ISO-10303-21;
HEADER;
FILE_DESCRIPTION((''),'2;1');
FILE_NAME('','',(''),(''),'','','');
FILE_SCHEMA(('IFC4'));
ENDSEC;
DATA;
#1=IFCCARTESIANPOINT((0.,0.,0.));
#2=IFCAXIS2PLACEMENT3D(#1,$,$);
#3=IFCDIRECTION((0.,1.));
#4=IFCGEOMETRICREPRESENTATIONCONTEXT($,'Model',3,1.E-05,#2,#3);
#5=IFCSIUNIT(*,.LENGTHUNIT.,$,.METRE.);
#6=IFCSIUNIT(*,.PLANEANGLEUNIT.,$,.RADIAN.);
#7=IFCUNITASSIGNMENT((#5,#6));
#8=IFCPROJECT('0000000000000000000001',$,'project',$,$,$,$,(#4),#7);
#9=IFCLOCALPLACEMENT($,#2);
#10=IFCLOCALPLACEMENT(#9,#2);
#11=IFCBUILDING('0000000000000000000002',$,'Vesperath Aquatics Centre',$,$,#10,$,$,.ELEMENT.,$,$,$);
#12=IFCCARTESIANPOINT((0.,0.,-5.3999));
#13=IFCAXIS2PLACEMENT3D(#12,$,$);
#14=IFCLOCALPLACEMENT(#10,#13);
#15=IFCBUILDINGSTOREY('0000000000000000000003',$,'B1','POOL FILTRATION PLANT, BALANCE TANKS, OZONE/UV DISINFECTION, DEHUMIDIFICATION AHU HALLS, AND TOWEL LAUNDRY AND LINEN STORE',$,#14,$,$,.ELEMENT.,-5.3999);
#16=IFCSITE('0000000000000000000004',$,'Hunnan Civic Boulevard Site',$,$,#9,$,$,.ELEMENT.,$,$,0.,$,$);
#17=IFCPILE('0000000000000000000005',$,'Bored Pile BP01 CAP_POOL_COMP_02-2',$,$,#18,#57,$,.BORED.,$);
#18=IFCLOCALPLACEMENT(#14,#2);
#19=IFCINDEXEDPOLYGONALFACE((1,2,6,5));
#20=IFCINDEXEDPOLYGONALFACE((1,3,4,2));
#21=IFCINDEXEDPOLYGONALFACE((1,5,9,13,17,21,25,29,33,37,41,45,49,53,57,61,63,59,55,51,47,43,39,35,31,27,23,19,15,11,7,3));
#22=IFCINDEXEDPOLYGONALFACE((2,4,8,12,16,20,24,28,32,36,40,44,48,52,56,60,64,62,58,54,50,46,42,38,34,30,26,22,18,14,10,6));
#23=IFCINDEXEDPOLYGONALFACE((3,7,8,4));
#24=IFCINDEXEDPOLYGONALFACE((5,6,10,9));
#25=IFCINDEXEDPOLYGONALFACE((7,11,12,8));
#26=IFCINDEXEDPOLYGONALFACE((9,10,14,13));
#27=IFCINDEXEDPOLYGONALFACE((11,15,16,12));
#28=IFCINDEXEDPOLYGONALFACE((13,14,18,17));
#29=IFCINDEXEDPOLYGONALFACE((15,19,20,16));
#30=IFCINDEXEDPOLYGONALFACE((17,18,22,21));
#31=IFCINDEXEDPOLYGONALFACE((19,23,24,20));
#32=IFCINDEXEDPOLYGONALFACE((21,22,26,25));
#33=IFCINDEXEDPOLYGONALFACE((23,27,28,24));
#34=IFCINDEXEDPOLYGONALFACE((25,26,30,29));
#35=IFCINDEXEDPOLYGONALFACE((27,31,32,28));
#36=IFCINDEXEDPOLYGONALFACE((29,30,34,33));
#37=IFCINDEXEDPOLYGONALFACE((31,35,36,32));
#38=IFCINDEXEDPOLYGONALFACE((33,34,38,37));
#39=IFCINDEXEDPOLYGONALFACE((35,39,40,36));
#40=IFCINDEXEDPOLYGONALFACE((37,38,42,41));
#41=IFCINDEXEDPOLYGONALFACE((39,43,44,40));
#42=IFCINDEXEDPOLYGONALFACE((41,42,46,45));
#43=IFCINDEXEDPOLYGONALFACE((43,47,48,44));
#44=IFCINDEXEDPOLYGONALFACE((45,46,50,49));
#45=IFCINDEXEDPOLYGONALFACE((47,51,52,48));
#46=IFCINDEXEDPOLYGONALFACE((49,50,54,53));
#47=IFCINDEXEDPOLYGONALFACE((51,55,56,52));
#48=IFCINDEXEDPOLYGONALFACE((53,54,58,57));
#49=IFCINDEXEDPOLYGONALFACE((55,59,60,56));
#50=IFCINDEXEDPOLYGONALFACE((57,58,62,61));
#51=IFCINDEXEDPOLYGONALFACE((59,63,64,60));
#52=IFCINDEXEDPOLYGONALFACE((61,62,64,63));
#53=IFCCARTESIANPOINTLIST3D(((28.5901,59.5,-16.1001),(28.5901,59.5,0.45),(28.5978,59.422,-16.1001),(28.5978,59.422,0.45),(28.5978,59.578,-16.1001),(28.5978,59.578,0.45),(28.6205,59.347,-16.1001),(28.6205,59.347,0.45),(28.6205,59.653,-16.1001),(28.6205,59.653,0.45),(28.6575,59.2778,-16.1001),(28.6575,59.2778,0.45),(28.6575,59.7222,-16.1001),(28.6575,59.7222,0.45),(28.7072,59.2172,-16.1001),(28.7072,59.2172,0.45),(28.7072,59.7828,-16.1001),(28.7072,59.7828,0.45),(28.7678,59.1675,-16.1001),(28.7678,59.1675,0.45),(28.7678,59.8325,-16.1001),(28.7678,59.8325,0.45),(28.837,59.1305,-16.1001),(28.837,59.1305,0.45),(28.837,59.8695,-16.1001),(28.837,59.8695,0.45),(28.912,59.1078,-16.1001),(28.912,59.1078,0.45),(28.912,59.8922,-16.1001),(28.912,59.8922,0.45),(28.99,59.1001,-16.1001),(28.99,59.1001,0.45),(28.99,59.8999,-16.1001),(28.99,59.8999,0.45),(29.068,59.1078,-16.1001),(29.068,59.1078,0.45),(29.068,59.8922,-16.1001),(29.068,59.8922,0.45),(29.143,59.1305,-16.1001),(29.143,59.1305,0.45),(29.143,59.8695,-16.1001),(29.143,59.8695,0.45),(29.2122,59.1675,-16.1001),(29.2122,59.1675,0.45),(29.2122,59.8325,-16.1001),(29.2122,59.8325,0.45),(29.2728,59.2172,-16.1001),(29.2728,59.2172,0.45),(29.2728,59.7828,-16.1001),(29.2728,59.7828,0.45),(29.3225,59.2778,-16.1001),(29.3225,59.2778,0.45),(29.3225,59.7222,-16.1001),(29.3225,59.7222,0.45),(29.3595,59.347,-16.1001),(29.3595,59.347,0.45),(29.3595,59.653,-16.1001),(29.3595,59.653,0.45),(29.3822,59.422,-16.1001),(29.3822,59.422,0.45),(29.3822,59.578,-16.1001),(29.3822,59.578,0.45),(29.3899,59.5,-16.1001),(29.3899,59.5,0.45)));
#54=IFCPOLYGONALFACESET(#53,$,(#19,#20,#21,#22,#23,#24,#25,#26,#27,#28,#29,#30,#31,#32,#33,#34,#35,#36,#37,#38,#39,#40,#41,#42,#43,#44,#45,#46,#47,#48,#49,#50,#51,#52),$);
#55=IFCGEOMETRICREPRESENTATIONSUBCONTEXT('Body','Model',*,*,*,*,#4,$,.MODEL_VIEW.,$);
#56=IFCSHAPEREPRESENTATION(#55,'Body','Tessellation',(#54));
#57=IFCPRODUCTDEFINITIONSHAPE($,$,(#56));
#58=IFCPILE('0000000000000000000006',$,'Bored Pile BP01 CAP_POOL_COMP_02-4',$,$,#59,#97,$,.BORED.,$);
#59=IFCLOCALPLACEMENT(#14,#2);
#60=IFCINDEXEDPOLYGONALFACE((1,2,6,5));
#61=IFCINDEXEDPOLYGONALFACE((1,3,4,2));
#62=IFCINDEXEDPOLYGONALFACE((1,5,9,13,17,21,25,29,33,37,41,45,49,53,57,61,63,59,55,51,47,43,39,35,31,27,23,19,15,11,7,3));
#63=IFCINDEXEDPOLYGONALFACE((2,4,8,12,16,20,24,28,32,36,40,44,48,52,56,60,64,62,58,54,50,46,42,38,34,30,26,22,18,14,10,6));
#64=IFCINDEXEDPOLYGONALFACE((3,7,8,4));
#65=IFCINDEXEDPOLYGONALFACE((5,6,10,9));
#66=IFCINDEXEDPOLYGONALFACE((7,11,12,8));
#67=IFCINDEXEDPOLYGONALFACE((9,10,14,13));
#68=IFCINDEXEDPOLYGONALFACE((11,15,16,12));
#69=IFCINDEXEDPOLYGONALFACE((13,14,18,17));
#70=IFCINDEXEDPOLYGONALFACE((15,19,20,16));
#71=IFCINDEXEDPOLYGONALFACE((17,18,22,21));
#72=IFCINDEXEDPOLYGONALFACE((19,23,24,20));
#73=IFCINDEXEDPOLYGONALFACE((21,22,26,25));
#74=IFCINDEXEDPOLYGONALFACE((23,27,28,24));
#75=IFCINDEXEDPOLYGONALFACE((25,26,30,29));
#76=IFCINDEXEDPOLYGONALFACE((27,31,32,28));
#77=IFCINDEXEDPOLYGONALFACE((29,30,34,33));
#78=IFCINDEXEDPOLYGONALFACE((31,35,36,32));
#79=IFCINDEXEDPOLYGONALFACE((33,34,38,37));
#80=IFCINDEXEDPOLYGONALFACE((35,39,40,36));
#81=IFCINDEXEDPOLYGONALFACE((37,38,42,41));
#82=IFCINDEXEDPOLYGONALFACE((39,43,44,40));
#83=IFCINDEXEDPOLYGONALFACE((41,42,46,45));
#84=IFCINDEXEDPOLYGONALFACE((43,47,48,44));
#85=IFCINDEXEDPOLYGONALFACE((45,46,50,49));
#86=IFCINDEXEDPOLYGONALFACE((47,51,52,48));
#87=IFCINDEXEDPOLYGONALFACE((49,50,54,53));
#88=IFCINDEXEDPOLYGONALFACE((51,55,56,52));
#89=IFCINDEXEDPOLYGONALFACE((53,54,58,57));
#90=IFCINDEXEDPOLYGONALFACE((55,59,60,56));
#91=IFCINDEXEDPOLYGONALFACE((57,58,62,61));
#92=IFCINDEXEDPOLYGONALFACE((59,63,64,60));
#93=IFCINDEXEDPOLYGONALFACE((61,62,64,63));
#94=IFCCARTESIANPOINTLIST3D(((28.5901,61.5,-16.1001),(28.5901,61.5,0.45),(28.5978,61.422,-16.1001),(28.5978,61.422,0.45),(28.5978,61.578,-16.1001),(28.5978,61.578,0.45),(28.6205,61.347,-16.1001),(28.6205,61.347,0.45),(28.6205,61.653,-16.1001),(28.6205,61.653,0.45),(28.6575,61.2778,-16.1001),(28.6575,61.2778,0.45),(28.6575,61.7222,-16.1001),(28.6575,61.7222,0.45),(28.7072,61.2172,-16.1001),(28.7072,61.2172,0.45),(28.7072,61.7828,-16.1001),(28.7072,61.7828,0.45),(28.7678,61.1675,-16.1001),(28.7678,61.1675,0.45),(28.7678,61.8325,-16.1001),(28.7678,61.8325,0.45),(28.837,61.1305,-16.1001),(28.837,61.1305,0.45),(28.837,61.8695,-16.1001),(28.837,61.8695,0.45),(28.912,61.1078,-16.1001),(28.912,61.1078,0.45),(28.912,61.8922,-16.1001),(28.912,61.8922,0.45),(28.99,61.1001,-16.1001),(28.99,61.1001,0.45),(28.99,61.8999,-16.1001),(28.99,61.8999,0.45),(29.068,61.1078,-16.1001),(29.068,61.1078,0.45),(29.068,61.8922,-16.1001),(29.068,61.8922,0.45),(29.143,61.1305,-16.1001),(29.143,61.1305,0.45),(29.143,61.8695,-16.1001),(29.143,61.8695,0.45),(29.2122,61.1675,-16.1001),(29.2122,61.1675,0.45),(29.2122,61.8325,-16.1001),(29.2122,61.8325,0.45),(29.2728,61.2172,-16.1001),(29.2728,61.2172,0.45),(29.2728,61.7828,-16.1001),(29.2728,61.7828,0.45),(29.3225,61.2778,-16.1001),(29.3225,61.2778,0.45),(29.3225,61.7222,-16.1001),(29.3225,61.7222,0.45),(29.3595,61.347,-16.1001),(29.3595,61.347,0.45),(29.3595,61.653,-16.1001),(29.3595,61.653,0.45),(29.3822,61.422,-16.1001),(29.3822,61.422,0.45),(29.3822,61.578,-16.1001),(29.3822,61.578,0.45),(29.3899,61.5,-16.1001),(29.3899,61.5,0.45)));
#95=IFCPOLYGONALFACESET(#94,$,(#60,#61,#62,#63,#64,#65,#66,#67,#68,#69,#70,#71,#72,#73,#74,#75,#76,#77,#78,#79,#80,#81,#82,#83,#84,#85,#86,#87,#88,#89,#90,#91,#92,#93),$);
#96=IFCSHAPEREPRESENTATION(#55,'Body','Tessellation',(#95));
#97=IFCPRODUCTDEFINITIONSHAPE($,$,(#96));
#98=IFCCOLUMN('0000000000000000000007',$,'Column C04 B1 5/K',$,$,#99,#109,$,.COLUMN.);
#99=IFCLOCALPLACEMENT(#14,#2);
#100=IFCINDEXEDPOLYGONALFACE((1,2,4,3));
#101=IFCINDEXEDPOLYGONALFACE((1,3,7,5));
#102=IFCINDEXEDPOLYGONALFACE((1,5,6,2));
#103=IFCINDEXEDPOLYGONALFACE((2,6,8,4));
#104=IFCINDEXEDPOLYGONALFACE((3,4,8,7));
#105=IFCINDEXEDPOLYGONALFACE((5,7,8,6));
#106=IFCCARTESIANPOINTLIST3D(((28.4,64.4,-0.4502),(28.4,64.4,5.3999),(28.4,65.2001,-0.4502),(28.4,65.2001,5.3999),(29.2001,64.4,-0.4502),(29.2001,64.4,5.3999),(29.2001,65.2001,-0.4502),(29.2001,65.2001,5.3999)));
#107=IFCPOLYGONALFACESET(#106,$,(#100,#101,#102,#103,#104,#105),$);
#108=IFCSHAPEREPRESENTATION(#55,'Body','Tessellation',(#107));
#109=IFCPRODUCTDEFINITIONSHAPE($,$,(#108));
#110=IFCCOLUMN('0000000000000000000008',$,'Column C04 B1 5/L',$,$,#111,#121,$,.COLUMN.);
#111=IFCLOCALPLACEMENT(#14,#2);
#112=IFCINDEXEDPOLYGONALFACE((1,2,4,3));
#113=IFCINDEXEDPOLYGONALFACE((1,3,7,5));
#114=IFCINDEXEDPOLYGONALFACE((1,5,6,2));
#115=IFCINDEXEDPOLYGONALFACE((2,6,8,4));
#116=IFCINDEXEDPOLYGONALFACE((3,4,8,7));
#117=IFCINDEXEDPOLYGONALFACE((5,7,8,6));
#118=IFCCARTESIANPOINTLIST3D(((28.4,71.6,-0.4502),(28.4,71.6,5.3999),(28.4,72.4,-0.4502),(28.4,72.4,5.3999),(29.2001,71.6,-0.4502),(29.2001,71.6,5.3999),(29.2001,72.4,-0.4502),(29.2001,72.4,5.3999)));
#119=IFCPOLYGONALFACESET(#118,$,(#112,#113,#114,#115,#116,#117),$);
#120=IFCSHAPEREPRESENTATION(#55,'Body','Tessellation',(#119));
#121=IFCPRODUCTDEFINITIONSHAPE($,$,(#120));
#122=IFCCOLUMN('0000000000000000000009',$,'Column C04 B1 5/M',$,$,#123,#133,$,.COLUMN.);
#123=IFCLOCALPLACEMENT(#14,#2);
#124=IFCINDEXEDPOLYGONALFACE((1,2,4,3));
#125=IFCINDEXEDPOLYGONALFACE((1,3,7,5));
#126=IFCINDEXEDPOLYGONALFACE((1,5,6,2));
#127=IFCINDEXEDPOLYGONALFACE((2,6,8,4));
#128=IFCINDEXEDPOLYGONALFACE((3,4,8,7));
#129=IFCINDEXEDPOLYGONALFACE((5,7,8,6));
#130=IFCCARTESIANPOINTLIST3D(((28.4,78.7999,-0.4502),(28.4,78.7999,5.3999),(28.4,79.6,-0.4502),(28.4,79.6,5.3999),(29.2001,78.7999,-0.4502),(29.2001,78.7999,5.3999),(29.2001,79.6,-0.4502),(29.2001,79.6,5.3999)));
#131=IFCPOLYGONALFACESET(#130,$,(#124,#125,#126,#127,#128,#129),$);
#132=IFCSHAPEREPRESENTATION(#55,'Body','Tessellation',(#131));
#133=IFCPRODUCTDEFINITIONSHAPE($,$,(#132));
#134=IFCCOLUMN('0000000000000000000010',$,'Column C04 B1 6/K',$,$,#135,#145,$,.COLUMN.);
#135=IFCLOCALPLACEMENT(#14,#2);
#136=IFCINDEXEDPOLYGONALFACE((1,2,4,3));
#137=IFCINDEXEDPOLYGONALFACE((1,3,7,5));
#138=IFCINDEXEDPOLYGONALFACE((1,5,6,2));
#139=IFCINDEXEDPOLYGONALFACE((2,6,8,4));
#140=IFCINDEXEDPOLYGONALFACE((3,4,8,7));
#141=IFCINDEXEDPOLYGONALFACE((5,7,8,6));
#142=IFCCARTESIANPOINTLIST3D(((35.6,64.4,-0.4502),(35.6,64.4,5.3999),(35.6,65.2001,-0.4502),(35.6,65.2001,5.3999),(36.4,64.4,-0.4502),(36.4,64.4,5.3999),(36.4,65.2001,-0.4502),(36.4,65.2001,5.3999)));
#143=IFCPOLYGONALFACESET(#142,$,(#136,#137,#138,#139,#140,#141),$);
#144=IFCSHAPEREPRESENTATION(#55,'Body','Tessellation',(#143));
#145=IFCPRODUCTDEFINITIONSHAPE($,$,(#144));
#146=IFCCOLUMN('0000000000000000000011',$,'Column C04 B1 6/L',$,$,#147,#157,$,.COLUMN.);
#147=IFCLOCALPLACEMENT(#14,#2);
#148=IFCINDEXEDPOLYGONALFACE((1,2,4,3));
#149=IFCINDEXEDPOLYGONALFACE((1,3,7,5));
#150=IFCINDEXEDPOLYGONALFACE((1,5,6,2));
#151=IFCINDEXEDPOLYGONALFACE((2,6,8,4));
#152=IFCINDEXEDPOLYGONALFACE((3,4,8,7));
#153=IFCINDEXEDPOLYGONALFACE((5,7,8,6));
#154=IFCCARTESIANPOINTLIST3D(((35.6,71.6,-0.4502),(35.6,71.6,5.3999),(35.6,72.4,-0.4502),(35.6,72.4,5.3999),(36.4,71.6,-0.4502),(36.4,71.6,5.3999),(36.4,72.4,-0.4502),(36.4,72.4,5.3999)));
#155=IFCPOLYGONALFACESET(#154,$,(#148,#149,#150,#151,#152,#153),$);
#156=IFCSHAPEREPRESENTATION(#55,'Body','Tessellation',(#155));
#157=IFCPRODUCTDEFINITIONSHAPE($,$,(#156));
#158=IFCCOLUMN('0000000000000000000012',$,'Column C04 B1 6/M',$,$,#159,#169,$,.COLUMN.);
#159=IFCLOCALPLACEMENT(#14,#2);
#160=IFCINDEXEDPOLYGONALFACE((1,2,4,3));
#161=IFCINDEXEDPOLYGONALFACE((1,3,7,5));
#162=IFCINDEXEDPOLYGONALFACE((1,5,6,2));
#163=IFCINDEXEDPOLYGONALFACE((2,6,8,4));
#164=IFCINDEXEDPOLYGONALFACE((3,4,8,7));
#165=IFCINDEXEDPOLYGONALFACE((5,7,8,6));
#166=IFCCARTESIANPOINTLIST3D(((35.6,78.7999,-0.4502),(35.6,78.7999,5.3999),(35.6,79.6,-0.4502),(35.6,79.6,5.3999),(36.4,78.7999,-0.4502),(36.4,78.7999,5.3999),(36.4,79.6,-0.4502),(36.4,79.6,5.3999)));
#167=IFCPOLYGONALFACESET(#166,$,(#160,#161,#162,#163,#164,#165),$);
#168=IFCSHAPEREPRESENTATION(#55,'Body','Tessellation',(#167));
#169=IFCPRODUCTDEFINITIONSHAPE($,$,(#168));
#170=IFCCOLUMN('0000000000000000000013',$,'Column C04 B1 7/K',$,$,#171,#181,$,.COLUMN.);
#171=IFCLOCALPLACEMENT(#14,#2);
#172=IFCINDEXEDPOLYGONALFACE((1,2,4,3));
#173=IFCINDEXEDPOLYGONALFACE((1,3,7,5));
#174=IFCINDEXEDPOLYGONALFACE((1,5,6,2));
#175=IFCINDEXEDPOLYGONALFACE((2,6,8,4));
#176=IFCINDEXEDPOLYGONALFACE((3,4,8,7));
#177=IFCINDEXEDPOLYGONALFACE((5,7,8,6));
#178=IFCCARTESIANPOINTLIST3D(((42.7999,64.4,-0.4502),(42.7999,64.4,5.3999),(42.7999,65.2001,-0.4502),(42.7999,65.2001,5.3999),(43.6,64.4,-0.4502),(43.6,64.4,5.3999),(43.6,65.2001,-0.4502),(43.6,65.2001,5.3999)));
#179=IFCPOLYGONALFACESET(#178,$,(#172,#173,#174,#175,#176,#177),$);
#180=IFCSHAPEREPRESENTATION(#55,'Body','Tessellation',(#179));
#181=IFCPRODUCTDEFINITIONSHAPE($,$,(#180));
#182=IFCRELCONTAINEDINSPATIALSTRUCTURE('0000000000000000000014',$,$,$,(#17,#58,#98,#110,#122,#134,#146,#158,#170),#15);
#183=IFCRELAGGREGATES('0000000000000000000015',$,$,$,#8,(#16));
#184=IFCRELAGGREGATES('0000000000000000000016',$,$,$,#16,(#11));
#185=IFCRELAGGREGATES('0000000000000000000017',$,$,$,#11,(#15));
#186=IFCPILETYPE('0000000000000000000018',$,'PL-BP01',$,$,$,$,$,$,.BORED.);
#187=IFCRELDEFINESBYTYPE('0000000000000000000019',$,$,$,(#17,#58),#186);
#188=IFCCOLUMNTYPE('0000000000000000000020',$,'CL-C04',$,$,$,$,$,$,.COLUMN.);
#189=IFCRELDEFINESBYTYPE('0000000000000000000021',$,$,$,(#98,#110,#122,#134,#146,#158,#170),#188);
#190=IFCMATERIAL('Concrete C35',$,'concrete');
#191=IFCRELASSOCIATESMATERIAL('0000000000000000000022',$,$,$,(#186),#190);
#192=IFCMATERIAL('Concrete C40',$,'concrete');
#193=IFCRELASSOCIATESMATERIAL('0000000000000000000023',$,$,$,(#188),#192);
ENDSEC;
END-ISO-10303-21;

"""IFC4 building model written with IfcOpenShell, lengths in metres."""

from ifc_helpers import new_model, si_unit, direction, frame, origin, origin_2d, place, context, subcontext, project, spatial, rectangle, circle, extrude, material, material_profile, profile_set, type_object, element, save


model = new_model("IFC4")

# Units and contexts
model_context = context("Model", 3, precision=1e-05, world=origin(), true_north=direction((0.0, 1.0)))
body_context = subcontext(model_context, "Body", "Model", "MODEL_VIEW")
ifc_project = project(units=[si_unit("LENGTHUNIT", "METRE"), si_unit("PLANEANGLEUNIT", "RADIAN")], contexts=[model_context])

# Site, building, storey
site_placement = place(None, origin())
site = spatial("IfcSite", under=ifc_project, at=site_placement, Name="Hunnan Civic Boulevard Site", CompositionType="ELEMENT", RefElevation=0.0)
building_placement = place(site_placement, origin())
building = spatial("IfcBuilding", under=site, at=building_placement, Name="Vesperath Aquatics Centre", CompositionType="ELEMENT")
storey_placement = place(building_placement, frame((0.0, 0.0, -5.3999)))
storey = spatial("IfcBuildingStorey", under=building, at=storey_placement, Name="B1", Description="POOL FILTRATION PLANT, BALANCE TANKS, OZONE/UV DISINFECTION, DEHUMIDIFICATION AHU HALLS, AND TOWEL LAUNDRY AND LINEN STORE", CompositionType="ELEMENT", Elevation=-5.3999)

# Shared definitions
ifc_material_1 = material(Name="Concrete C40", Category="concrete")

# Piles
ifc_material_2 = material(Name="Concrete C35", Category="concrete")
ifc_material_profile_1 = material_profile(ifc_material_2, circle(Radius=0.3999, at=origin_2d()), Name="PILE D800")
ifc_profile_set_1 = profile_set([ifc_material_profile_1], Name="Concrete C35")
pile_type = type_object("IfcPileType", Name="PL-BP01", PredefinedType="BORED", material=ifc_profile_set_1)
for number, where, z_axis, x_axis, name in (
    (1, (28.99, 59.5, 0.45), (0.0, 0.0, -1.0), (1.0, 0.0, 0.0), "Bored Pile BP01 CAP_POOL_COMP_02-2"),
    (2, (28.99, 61.5, 0.45), (0.0, 0.0, -1.0), (1.0, 0.0, 0.0), "Bored Pile BP01 CAP_POOL_COMP_02-4"),
):
    element("IfcPile", number, at=place(storey_placement, frame(where, z_axis=z_axis, x_axis=x_axis)), inside=storey, type_object=pile_type, Name=name, PredefinedType="BORED", context=body_context, shape_type="SweptSolid", body=[
        extrude(circle(Radius=0.3999, at=origin_2d()), origin(), (0.0, 0.0, 1.0), 16.55),
    ])

# Columns
ifc_material_profile_2 = material_profile(ifc_material_1, rectangle(XDim=0.8, YDim=0.8, at=origin_2d()), Name="RC 800x800")
ifc_profile_set_2 = profile_set([ifc_material_profile_2], Name="Concrete C40")
column_type = type_object("IfcColumnType", Name="CL-C04", PredefinedType="COLUMN", material=ifc_profile_set_2)
for number, where, z_axis, x_axis, name in (
    (3, (28.8, 64.8, -0.4502), (0.0, 0.0, 1.0), (1.0, 0.0, 0.0), "Column C04 B1 5/K"),
    (4, (28.8, 72.0, -0.4502), (0.0, 0.0, 1.0), (1.0, 0.0, 0.0), "Column C04 B1 5/L"),
    (5, (28.8, 79.2, -0.4502), (0.0, 0.0, 1.0), (1.0, 0.0, 0.0), "Column C04 B1 5/M"),
    (6, (36.0, 64.8, -0.4502), (0.0, 0.0, 1.0), (1.0, 0.0, 0.0), "Column C04 B1 6/K"),
    (7, (36.0, 72.0, -0.4502), (0.0, 0.0, 1.0), (1.0, 0.0, 0.0), "Column C04 B1 6/L"),
    (8, (36.0, 79.2, -0.4502), (0.0, 0.0, 1.0), (1.0, 0.0, 0.0), "Column C04 B1 6/M"),
    (9, (43.2, 64.8, -0.4502), (0.0, 0.0, 1.0), (1.0, 0.0, 0.0), "Column C04 B1 7/K"),
):
    element("IfcColumn", number, at=place(storey_placement, frame(where, z_axis=z_axis, x_axis=x_axis)), inside=storey, type_object=column_type, Name=name, PredefinedType="COLUMN", context=body_context, shape_type="SweptSolid", body=[
        extrude(rectangle(XDim=0.8, YDim=0.8, at=origin_2d()), origin(), (0.0, 0.0, 1.0), 5.8501),
    ])

save(model, "model.ifc")
